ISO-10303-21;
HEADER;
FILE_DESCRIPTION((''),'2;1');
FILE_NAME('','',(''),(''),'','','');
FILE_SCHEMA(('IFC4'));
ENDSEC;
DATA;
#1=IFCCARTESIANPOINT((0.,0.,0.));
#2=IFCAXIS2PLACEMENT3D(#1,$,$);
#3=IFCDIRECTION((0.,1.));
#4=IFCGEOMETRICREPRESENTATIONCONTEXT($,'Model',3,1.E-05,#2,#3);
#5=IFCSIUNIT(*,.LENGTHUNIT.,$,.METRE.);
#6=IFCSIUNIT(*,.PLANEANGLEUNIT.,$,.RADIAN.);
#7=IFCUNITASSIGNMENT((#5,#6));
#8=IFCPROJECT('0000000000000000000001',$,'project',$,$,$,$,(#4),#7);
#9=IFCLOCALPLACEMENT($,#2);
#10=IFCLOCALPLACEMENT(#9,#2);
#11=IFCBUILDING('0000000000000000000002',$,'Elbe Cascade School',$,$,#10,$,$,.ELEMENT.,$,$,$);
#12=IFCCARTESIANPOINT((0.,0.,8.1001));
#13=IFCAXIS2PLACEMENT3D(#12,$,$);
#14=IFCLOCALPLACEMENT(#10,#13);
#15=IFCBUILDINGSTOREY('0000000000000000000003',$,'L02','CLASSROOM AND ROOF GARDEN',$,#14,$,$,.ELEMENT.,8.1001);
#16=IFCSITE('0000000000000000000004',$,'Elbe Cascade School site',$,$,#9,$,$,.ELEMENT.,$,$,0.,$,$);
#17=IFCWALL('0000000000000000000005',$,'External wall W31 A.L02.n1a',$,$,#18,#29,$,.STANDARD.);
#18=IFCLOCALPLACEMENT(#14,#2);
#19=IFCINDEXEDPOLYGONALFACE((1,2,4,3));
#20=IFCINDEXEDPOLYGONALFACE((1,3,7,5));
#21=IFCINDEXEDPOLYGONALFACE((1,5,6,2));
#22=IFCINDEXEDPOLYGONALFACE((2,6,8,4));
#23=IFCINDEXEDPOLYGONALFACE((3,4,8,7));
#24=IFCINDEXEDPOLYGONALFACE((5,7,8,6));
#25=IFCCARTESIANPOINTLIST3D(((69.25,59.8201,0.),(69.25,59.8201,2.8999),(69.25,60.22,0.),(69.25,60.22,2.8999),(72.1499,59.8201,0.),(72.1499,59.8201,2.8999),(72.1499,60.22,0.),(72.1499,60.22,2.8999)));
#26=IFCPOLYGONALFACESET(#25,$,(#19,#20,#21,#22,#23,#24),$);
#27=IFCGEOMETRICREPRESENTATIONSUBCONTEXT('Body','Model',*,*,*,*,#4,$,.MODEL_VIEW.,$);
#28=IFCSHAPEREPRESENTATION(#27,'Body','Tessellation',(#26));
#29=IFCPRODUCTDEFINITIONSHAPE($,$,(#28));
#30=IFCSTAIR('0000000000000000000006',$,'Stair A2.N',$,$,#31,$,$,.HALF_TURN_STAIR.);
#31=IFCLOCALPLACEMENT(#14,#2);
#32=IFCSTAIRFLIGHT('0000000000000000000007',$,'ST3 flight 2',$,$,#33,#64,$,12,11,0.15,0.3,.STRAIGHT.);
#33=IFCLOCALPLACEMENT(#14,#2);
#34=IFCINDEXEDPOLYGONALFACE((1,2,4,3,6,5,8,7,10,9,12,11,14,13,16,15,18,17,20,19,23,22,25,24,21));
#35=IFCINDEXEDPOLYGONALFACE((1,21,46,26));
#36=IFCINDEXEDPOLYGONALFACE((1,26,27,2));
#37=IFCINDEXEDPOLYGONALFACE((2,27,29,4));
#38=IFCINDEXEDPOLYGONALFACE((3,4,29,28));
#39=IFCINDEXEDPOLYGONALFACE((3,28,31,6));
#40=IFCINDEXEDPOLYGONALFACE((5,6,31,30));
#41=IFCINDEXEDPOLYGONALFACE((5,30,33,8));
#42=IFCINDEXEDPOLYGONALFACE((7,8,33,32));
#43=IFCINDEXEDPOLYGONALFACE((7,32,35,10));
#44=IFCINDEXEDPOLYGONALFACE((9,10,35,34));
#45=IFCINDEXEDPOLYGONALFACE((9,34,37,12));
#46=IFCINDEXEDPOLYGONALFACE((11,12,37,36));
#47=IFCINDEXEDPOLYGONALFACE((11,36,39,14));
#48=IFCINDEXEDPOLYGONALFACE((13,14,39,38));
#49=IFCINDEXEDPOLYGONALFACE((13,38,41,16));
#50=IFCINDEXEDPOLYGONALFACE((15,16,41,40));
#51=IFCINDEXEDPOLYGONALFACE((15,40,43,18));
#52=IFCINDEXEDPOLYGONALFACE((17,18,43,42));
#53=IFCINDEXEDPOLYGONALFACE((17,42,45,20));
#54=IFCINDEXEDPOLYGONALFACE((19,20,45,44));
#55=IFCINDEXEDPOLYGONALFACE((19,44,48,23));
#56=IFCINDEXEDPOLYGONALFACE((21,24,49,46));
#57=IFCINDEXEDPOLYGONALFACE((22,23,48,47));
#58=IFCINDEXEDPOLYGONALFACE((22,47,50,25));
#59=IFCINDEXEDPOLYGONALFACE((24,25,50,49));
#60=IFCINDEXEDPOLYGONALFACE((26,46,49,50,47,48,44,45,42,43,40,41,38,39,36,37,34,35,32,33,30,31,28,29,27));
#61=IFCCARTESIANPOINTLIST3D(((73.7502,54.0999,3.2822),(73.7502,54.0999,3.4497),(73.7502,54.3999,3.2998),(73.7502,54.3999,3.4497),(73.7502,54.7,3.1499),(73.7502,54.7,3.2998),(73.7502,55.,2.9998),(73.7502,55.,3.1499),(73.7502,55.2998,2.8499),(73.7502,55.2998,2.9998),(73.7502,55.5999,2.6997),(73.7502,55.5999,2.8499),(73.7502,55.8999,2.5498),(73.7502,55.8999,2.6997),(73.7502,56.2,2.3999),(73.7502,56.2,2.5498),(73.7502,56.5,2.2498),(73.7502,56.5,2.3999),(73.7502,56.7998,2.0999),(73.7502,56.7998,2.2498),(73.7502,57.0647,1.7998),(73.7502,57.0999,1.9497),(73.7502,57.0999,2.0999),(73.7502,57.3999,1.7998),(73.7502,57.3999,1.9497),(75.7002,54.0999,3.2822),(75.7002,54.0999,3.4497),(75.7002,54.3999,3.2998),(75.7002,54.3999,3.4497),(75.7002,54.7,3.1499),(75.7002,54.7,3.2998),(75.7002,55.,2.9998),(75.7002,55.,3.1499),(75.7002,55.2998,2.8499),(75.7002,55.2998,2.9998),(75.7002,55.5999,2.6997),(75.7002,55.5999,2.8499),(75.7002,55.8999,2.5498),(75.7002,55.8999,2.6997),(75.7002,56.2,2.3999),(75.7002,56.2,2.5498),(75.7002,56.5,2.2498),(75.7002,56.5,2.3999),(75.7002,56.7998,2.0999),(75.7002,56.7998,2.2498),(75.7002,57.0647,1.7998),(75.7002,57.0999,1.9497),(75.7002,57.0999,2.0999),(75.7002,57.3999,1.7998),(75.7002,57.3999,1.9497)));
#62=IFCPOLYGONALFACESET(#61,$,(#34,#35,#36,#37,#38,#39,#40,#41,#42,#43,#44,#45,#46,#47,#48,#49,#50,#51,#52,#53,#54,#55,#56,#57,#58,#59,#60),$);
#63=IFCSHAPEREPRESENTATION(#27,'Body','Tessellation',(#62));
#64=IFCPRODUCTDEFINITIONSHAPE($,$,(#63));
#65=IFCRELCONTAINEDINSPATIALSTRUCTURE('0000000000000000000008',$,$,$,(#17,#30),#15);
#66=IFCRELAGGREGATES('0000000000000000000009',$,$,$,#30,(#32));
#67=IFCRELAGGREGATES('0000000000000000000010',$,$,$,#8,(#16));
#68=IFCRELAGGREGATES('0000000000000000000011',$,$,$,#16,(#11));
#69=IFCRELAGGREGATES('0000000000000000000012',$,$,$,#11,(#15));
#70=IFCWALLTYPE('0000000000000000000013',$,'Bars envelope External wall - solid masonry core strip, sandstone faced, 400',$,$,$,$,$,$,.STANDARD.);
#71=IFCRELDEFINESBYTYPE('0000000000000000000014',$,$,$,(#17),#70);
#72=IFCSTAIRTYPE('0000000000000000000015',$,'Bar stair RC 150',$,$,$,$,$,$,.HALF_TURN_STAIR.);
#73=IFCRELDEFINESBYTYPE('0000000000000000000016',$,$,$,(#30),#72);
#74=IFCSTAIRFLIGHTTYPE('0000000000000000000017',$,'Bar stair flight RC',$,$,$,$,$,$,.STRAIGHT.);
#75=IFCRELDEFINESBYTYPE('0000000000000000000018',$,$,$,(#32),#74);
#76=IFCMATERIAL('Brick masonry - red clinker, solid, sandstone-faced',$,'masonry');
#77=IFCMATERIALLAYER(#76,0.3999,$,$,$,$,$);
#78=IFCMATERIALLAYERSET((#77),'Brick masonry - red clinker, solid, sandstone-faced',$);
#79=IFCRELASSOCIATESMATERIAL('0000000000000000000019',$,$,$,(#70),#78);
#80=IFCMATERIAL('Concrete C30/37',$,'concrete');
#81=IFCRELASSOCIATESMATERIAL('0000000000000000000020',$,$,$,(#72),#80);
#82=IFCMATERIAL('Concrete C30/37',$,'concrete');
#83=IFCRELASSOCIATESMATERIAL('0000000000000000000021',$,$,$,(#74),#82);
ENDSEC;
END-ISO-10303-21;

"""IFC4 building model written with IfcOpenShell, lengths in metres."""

from ifc_helpers import new_model, si_unit, direction, frame, frame_2d, origin, place, context, subcontext, project, spatial, polyline, rectangle, outline, extrude, material, layer, layer_set, type_object, element, aggregate, save


model = new_model("IFC4")

# Units and contexts
model_context = context("Model", 3, precision=1e-05, world=origin(), true_north=direction((0.0, 1.0)))
body_context = subcontext(model_context, "Body", "Model", "MODEL_VIEW")
ifc_project = project(units=[si_unit("LENGTHUNIT", "METRE"), si_unit("PLANEANGLEUNIT", "RADIAN")], contexts=[model_context])

# Site, building, storey
site_placement = place(None, origin())
site = spatial("IfcSite", under=ifc_project, at=site_placement, Name="Elbe Cascade School site", CompositionType="ELEMENT", RefElevation=0.0)
building_placement = place(site_placement, origin())
building = spatial("IfcBuilding", under=site, at=building_placement, Name="Elbe Cascade School", CompositionType="ELEMENT")
storey_placement = place(building_placement, frame((0.0, 0.0, 8.1001)))
storey = spatial("IfcBuildingStorey", under=building, at=storey_placement, Name="L02", Description="CLASSROOM AND ROOF GARDEN", CompositionType="ELEMENT", Elevation=8.1001)

# Wall
ifc_material_1 = material(Name="Brick masonry - red clinker, solid, sandstone-faced", Category="masonry")
ifc_layer_1 = layer(ifc_material_1, 0.3999)
ifc_layer_set_1 = layer_set([ifc_layer_1], Name="Brick masonry - red clinker, solid, sandstone-faced")
wall_type = type_object("IfcWallType", Name="Bars envelope External wall - solid masonry core strip, sandstone faced, 400", PredefinedType="STANDARD", material=ifc_layer_set_1)
wall_placement = place(storey_placement, frame((69.25, 60.02, 0.0), z_axis=(0.0, 0.0, 1.0), x_axis=(1.0, 0.0, 0.0)))
element("IfcWall", 1, at=wall_placement, inside=storey, type_object=wall_type, Name="External wall W31 A.L02.n1a", PredefinedType="STANDARD", context=body_context, shape_type="SweptSolid", body=[
    extrude(rectangle(XDim=2.8999, YDim=0.3999, at=frame_2d((1.45, 0.0))), origin(), (0.0, 0.0, 1.0), 2.8999),
])

# Stair, stair flight
ifc_material_2 = material(Name="Concrete C30/37", Category="concrete")
stair_type = type_object("IfcStairType", Name="Bar stair RC 150", PredefinedType="HALF_TURN_STAIR", material=ifc_material_2)
stair_placement = place(storey_placement, origin())
stair = element("IfcStair", 2, at=stair_placement, inside=storey, type_object=stair_type, Name="Stair A2.N", PredefinedType="HALF_TURN_STAIR")
ifc_material_3 = material(Name="Concrete C30/37", Category="concrete")
stair_flight_type = type_object("IfcStairFlightType", Name="Bar stair flight RC", PredefinedType="STRAIGHT", material=ifc_material_3)
stair_flight_placement = place(storey_placement, frame((74.7251, 57.3999, 1.7998), z_axis=(0.0, 0.0, 1.0), x_axis=(0.0, -1.0, 0.0)))
stair_flight = element("IfcStairFlight", 3, at=stair_flight_placement, type_object=stair_flight_type, Name="ST3 flight 2", NumberOfRisers=12, NumberOfTreads=11, PredefinedType="STRAIGHT", RiserHeight=0.15, TreadLength=0.3, context=body_context, shape_type="SweptSolid", body=[
    extrude(outline(polyline([(0.0, 0.0), (0.0, 0.1499), (0.3, 0.1499), (0.3, 0.3), (0.6001, 0.3), (0.6001, 0.45), (0.8999, 0.45), (0.8999, 0.6001), (1.2, 0.6001), (1.2, 0.75), (1.5, 0.75), (1.5, 0.8999), (1.8, 0.8999), (1.8, 1.05), (2.1001, 1.05), (2.1001, 1.2), (2.3999, 1.2), (2.3999, 1.3501), (2.7, 1.3501), (2.7, 1.5), (3.0, 1.5), (3.0, 1.6499), (3.3, 1.6499), (3.3, 1.8), (3.3, 1.4824), (0.3352, 0.0), (0.0, 0.0)])), frame((0.0, 0.9751, 0.0), z_axis=(0.0, -1.0, 0.0), x_axis=(1.0, 0.0, 0.0)), (0.0, 0.0, 1.0), 1.95),
])
aggregate(stair, [stair_flight])

save(model, "model.ifc")
